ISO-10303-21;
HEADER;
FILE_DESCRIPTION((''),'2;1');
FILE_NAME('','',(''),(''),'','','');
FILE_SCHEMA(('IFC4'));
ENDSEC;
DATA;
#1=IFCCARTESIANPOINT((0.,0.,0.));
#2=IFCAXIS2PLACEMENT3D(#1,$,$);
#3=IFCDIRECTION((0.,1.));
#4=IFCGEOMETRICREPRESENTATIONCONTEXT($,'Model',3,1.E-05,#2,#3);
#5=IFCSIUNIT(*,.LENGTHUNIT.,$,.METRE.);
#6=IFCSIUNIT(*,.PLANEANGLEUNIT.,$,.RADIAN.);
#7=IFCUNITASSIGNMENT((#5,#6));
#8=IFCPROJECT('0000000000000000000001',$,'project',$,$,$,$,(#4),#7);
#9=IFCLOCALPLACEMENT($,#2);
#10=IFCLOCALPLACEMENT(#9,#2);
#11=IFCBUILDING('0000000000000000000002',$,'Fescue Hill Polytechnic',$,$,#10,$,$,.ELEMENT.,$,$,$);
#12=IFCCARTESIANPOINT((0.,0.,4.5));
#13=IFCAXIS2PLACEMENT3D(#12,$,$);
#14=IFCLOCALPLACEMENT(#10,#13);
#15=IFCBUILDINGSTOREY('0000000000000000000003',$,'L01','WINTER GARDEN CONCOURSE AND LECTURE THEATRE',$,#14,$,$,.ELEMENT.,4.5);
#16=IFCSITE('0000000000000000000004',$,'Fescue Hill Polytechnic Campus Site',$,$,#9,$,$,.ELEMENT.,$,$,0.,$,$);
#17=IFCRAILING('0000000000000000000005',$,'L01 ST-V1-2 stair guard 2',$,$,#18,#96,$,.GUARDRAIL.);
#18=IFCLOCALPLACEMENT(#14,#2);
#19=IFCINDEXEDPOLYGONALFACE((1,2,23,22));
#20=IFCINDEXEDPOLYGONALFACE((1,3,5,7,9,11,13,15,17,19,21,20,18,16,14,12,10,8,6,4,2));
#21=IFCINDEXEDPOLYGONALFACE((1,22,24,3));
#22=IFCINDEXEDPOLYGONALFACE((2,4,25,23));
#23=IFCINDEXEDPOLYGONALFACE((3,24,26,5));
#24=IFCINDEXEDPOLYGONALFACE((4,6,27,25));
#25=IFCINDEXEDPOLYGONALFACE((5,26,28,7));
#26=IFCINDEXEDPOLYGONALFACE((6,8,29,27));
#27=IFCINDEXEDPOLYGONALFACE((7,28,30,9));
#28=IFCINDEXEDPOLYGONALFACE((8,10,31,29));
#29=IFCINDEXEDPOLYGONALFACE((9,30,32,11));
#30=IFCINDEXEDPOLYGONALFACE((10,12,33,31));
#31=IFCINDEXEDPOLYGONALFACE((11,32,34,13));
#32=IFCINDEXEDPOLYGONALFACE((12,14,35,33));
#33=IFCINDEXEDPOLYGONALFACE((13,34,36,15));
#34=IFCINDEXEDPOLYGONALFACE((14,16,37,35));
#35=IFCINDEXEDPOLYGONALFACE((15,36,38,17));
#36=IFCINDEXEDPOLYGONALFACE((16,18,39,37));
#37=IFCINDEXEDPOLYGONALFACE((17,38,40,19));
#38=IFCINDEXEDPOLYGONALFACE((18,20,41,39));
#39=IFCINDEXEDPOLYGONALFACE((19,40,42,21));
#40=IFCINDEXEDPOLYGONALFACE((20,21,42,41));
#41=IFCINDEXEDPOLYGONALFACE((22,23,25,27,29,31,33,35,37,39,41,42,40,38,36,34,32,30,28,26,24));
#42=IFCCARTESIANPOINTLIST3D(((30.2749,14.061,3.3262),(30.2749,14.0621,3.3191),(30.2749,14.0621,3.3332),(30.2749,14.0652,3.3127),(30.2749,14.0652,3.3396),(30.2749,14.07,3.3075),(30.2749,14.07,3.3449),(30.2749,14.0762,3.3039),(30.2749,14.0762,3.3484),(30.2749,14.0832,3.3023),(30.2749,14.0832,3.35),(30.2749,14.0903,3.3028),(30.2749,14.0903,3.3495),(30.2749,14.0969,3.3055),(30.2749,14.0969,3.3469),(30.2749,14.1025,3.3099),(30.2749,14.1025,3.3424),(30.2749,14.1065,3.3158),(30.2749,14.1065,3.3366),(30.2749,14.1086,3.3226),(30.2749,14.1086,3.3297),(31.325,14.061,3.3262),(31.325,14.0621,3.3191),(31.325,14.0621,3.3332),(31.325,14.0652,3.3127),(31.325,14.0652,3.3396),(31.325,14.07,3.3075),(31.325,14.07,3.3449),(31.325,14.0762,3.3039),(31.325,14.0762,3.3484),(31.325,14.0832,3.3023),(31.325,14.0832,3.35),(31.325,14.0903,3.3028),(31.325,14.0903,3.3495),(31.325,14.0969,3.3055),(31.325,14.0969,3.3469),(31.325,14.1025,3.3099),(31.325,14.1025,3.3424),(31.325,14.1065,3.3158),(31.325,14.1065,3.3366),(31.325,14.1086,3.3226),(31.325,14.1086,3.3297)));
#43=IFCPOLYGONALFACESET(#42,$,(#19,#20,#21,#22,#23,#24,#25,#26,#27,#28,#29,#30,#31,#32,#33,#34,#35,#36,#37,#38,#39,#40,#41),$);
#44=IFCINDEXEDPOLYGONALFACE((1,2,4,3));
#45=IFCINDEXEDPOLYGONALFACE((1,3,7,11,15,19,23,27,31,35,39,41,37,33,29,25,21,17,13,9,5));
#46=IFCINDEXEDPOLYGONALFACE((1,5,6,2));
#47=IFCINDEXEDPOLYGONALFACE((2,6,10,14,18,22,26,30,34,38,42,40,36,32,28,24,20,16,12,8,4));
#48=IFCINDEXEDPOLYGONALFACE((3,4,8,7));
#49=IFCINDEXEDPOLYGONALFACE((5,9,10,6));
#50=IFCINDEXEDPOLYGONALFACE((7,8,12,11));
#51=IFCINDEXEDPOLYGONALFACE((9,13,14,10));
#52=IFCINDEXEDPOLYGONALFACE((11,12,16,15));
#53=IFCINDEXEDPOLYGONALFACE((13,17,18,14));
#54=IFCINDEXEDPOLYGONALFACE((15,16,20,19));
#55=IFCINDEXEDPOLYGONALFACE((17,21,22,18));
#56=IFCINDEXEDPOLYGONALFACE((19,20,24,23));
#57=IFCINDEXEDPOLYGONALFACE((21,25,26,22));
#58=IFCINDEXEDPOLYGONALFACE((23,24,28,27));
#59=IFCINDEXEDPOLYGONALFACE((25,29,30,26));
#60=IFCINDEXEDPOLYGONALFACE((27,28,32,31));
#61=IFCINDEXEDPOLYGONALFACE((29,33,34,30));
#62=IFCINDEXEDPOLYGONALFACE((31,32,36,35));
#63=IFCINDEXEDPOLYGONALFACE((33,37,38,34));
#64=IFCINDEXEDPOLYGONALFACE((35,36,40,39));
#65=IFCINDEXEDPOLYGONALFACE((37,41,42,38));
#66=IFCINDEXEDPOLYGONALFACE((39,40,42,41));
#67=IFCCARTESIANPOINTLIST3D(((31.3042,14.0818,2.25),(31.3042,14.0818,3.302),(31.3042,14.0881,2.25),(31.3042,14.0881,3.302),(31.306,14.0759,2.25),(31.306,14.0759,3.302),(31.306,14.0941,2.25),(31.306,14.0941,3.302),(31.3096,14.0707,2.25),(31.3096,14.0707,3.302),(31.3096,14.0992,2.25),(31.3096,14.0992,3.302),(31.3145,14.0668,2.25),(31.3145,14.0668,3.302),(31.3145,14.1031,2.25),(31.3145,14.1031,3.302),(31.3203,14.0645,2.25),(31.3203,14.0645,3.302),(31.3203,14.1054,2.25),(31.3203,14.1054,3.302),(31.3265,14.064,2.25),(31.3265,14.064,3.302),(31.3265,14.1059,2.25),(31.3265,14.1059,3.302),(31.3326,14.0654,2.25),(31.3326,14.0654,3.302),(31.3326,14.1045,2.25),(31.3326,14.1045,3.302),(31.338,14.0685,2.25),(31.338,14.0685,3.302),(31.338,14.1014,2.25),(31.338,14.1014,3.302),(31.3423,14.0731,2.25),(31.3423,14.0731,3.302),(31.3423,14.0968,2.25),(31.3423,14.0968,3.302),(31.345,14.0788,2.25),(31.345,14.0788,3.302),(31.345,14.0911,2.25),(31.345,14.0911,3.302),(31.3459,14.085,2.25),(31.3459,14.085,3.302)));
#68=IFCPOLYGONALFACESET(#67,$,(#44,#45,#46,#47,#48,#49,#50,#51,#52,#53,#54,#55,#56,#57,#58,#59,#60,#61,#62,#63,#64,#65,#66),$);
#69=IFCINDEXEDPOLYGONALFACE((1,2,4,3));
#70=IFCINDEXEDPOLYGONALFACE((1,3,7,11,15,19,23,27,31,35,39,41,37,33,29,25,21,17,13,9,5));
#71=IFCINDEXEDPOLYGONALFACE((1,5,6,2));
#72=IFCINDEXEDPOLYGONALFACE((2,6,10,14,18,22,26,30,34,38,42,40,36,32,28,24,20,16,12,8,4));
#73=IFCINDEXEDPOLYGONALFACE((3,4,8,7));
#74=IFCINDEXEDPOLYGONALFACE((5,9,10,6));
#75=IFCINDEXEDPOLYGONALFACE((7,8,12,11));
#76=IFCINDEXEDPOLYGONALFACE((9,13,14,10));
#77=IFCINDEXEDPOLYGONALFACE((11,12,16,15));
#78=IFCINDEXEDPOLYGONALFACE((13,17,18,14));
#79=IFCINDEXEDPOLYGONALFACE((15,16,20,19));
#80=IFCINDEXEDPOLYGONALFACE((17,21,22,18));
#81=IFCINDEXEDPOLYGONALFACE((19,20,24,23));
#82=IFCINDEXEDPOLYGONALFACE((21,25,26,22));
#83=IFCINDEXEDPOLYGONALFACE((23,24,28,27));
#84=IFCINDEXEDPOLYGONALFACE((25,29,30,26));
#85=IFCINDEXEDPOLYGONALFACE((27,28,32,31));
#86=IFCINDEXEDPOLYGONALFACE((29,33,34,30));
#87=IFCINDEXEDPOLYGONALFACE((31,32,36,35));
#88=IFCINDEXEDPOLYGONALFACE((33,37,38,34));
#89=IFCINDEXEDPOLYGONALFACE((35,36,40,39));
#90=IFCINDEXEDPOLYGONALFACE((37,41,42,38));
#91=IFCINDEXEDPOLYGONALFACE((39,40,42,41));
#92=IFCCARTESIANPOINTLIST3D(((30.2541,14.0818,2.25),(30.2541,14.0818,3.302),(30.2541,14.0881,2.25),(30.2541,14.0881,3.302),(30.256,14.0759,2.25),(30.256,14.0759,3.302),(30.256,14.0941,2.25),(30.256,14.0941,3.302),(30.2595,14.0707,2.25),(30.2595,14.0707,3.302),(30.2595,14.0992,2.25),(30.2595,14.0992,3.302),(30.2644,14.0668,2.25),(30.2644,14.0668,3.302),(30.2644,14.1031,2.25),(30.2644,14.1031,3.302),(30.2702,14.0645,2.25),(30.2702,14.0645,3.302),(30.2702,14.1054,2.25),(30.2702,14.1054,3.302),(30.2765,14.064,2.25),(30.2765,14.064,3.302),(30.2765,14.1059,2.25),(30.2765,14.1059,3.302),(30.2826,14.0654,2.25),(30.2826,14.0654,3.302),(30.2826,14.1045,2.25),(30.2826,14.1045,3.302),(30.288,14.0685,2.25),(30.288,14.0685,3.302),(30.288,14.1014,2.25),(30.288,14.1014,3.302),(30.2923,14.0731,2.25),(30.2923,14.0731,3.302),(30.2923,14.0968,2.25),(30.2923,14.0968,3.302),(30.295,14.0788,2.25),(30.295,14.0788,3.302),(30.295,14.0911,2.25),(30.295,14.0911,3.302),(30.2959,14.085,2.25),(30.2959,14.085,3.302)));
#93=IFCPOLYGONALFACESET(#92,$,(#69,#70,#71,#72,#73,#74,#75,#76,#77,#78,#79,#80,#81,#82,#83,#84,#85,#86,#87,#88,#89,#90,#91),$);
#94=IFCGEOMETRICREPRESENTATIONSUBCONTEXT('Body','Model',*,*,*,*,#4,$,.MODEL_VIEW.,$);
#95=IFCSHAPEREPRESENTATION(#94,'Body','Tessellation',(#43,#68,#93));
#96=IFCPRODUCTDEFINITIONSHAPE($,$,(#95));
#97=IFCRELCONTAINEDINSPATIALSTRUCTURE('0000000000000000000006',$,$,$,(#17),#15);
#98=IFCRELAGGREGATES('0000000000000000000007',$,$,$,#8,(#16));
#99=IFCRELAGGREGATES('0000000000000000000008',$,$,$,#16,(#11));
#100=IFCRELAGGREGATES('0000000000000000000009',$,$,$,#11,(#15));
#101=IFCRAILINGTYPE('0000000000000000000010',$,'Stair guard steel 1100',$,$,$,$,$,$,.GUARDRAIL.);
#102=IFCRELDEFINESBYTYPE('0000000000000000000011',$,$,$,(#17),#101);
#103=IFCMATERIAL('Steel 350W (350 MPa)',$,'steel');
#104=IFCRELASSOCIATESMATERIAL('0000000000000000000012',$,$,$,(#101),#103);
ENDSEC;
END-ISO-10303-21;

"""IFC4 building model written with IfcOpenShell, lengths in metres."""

from ifc_helpers import new_model, si_unit, direction, frame, origin, origin_2d, place, context, subcontext, project, spatial, circle, extrude, material, type_object, element, save


model = new_model("IFC4")

# Units and contexts
model_context = context("Model", 3, precision=1e-05, world=origin(), true_north=direction((0.0, 1.0)))
body_context = subcontext(model_context, "Body", "Model", "MODEL_VIEW")
ifc_project = project(units=[si_unit("LENGTHUNIT", "METRE"), si_unit("PLANEANGLEUNIT", "RADIAN")], contexts=[model_context])

# Site, building, storey
site_placement = place(None, origin())
site = spatial("IfcSite", under=ifc_project, at=site_placement, Name="Fescue Hill Polytechnic Campus Site", CompositionType="ELEMENT", RefElevation=0.0)
building_placement = place(site_placement, origin())
building = spatial("IfcBuilding", under=site, at=building_placement, Name="Fescue Hill Polytechnic", CompositionType="ELEMENT")
storey_placement = place(building_placement, frame((0.0, 0.0, 4.5)))
storey = spatial("IfcBuildingStorey", under=building, at=storey_placement, Name="L01", Description="WINTER GARDEN CONCOURSE AND LECTURE THEATRE", CompositionType="ELEMENT", Elevation=4.5)

# Shared definitions
ifc_material_1 = material(Name="Steel 350W (350 MPa)", Category="steel")

# Railing
railing_type_1 = type_object("IfcRailingType", Name="Stair guard steel 1100", PredefinedType="GUARDRAIL", material=ifc_material_1)
railing_1_placement = place(storey_placement, frame((31.325, 14.085, 2.25)))
element("IfcRailing", 1, at=railing_1_placement, inside=storey, type_object=railing_type_1, Name="L01 ST-V1-2 stair guard 2", PredefinedType="GUARDRAIL", context=body_context, shape_type="SweptSolid", body=[
    extrude(circle(Radius=0.0239, at=origin_2d()), frame((0.0, 0.0, 1.0762), z_axis=(-1.0, 0.0, 0.0), x_axis=(0.0, -1.0, 0.0)), (0.0, 0.0, 1.0), 1.05),
    extrude(circle(Radius=0.021, at=origin_2d()), origin(), (0.0, 0.0, 1.0), 1.052),
    extrude(circle(Radius=0.021, at=origin_2d()), frame((-1.05, 0.0, 0.0)), (0.0, 0.0, 1.0), 1.052),
])

save(model, "model.ifc")
